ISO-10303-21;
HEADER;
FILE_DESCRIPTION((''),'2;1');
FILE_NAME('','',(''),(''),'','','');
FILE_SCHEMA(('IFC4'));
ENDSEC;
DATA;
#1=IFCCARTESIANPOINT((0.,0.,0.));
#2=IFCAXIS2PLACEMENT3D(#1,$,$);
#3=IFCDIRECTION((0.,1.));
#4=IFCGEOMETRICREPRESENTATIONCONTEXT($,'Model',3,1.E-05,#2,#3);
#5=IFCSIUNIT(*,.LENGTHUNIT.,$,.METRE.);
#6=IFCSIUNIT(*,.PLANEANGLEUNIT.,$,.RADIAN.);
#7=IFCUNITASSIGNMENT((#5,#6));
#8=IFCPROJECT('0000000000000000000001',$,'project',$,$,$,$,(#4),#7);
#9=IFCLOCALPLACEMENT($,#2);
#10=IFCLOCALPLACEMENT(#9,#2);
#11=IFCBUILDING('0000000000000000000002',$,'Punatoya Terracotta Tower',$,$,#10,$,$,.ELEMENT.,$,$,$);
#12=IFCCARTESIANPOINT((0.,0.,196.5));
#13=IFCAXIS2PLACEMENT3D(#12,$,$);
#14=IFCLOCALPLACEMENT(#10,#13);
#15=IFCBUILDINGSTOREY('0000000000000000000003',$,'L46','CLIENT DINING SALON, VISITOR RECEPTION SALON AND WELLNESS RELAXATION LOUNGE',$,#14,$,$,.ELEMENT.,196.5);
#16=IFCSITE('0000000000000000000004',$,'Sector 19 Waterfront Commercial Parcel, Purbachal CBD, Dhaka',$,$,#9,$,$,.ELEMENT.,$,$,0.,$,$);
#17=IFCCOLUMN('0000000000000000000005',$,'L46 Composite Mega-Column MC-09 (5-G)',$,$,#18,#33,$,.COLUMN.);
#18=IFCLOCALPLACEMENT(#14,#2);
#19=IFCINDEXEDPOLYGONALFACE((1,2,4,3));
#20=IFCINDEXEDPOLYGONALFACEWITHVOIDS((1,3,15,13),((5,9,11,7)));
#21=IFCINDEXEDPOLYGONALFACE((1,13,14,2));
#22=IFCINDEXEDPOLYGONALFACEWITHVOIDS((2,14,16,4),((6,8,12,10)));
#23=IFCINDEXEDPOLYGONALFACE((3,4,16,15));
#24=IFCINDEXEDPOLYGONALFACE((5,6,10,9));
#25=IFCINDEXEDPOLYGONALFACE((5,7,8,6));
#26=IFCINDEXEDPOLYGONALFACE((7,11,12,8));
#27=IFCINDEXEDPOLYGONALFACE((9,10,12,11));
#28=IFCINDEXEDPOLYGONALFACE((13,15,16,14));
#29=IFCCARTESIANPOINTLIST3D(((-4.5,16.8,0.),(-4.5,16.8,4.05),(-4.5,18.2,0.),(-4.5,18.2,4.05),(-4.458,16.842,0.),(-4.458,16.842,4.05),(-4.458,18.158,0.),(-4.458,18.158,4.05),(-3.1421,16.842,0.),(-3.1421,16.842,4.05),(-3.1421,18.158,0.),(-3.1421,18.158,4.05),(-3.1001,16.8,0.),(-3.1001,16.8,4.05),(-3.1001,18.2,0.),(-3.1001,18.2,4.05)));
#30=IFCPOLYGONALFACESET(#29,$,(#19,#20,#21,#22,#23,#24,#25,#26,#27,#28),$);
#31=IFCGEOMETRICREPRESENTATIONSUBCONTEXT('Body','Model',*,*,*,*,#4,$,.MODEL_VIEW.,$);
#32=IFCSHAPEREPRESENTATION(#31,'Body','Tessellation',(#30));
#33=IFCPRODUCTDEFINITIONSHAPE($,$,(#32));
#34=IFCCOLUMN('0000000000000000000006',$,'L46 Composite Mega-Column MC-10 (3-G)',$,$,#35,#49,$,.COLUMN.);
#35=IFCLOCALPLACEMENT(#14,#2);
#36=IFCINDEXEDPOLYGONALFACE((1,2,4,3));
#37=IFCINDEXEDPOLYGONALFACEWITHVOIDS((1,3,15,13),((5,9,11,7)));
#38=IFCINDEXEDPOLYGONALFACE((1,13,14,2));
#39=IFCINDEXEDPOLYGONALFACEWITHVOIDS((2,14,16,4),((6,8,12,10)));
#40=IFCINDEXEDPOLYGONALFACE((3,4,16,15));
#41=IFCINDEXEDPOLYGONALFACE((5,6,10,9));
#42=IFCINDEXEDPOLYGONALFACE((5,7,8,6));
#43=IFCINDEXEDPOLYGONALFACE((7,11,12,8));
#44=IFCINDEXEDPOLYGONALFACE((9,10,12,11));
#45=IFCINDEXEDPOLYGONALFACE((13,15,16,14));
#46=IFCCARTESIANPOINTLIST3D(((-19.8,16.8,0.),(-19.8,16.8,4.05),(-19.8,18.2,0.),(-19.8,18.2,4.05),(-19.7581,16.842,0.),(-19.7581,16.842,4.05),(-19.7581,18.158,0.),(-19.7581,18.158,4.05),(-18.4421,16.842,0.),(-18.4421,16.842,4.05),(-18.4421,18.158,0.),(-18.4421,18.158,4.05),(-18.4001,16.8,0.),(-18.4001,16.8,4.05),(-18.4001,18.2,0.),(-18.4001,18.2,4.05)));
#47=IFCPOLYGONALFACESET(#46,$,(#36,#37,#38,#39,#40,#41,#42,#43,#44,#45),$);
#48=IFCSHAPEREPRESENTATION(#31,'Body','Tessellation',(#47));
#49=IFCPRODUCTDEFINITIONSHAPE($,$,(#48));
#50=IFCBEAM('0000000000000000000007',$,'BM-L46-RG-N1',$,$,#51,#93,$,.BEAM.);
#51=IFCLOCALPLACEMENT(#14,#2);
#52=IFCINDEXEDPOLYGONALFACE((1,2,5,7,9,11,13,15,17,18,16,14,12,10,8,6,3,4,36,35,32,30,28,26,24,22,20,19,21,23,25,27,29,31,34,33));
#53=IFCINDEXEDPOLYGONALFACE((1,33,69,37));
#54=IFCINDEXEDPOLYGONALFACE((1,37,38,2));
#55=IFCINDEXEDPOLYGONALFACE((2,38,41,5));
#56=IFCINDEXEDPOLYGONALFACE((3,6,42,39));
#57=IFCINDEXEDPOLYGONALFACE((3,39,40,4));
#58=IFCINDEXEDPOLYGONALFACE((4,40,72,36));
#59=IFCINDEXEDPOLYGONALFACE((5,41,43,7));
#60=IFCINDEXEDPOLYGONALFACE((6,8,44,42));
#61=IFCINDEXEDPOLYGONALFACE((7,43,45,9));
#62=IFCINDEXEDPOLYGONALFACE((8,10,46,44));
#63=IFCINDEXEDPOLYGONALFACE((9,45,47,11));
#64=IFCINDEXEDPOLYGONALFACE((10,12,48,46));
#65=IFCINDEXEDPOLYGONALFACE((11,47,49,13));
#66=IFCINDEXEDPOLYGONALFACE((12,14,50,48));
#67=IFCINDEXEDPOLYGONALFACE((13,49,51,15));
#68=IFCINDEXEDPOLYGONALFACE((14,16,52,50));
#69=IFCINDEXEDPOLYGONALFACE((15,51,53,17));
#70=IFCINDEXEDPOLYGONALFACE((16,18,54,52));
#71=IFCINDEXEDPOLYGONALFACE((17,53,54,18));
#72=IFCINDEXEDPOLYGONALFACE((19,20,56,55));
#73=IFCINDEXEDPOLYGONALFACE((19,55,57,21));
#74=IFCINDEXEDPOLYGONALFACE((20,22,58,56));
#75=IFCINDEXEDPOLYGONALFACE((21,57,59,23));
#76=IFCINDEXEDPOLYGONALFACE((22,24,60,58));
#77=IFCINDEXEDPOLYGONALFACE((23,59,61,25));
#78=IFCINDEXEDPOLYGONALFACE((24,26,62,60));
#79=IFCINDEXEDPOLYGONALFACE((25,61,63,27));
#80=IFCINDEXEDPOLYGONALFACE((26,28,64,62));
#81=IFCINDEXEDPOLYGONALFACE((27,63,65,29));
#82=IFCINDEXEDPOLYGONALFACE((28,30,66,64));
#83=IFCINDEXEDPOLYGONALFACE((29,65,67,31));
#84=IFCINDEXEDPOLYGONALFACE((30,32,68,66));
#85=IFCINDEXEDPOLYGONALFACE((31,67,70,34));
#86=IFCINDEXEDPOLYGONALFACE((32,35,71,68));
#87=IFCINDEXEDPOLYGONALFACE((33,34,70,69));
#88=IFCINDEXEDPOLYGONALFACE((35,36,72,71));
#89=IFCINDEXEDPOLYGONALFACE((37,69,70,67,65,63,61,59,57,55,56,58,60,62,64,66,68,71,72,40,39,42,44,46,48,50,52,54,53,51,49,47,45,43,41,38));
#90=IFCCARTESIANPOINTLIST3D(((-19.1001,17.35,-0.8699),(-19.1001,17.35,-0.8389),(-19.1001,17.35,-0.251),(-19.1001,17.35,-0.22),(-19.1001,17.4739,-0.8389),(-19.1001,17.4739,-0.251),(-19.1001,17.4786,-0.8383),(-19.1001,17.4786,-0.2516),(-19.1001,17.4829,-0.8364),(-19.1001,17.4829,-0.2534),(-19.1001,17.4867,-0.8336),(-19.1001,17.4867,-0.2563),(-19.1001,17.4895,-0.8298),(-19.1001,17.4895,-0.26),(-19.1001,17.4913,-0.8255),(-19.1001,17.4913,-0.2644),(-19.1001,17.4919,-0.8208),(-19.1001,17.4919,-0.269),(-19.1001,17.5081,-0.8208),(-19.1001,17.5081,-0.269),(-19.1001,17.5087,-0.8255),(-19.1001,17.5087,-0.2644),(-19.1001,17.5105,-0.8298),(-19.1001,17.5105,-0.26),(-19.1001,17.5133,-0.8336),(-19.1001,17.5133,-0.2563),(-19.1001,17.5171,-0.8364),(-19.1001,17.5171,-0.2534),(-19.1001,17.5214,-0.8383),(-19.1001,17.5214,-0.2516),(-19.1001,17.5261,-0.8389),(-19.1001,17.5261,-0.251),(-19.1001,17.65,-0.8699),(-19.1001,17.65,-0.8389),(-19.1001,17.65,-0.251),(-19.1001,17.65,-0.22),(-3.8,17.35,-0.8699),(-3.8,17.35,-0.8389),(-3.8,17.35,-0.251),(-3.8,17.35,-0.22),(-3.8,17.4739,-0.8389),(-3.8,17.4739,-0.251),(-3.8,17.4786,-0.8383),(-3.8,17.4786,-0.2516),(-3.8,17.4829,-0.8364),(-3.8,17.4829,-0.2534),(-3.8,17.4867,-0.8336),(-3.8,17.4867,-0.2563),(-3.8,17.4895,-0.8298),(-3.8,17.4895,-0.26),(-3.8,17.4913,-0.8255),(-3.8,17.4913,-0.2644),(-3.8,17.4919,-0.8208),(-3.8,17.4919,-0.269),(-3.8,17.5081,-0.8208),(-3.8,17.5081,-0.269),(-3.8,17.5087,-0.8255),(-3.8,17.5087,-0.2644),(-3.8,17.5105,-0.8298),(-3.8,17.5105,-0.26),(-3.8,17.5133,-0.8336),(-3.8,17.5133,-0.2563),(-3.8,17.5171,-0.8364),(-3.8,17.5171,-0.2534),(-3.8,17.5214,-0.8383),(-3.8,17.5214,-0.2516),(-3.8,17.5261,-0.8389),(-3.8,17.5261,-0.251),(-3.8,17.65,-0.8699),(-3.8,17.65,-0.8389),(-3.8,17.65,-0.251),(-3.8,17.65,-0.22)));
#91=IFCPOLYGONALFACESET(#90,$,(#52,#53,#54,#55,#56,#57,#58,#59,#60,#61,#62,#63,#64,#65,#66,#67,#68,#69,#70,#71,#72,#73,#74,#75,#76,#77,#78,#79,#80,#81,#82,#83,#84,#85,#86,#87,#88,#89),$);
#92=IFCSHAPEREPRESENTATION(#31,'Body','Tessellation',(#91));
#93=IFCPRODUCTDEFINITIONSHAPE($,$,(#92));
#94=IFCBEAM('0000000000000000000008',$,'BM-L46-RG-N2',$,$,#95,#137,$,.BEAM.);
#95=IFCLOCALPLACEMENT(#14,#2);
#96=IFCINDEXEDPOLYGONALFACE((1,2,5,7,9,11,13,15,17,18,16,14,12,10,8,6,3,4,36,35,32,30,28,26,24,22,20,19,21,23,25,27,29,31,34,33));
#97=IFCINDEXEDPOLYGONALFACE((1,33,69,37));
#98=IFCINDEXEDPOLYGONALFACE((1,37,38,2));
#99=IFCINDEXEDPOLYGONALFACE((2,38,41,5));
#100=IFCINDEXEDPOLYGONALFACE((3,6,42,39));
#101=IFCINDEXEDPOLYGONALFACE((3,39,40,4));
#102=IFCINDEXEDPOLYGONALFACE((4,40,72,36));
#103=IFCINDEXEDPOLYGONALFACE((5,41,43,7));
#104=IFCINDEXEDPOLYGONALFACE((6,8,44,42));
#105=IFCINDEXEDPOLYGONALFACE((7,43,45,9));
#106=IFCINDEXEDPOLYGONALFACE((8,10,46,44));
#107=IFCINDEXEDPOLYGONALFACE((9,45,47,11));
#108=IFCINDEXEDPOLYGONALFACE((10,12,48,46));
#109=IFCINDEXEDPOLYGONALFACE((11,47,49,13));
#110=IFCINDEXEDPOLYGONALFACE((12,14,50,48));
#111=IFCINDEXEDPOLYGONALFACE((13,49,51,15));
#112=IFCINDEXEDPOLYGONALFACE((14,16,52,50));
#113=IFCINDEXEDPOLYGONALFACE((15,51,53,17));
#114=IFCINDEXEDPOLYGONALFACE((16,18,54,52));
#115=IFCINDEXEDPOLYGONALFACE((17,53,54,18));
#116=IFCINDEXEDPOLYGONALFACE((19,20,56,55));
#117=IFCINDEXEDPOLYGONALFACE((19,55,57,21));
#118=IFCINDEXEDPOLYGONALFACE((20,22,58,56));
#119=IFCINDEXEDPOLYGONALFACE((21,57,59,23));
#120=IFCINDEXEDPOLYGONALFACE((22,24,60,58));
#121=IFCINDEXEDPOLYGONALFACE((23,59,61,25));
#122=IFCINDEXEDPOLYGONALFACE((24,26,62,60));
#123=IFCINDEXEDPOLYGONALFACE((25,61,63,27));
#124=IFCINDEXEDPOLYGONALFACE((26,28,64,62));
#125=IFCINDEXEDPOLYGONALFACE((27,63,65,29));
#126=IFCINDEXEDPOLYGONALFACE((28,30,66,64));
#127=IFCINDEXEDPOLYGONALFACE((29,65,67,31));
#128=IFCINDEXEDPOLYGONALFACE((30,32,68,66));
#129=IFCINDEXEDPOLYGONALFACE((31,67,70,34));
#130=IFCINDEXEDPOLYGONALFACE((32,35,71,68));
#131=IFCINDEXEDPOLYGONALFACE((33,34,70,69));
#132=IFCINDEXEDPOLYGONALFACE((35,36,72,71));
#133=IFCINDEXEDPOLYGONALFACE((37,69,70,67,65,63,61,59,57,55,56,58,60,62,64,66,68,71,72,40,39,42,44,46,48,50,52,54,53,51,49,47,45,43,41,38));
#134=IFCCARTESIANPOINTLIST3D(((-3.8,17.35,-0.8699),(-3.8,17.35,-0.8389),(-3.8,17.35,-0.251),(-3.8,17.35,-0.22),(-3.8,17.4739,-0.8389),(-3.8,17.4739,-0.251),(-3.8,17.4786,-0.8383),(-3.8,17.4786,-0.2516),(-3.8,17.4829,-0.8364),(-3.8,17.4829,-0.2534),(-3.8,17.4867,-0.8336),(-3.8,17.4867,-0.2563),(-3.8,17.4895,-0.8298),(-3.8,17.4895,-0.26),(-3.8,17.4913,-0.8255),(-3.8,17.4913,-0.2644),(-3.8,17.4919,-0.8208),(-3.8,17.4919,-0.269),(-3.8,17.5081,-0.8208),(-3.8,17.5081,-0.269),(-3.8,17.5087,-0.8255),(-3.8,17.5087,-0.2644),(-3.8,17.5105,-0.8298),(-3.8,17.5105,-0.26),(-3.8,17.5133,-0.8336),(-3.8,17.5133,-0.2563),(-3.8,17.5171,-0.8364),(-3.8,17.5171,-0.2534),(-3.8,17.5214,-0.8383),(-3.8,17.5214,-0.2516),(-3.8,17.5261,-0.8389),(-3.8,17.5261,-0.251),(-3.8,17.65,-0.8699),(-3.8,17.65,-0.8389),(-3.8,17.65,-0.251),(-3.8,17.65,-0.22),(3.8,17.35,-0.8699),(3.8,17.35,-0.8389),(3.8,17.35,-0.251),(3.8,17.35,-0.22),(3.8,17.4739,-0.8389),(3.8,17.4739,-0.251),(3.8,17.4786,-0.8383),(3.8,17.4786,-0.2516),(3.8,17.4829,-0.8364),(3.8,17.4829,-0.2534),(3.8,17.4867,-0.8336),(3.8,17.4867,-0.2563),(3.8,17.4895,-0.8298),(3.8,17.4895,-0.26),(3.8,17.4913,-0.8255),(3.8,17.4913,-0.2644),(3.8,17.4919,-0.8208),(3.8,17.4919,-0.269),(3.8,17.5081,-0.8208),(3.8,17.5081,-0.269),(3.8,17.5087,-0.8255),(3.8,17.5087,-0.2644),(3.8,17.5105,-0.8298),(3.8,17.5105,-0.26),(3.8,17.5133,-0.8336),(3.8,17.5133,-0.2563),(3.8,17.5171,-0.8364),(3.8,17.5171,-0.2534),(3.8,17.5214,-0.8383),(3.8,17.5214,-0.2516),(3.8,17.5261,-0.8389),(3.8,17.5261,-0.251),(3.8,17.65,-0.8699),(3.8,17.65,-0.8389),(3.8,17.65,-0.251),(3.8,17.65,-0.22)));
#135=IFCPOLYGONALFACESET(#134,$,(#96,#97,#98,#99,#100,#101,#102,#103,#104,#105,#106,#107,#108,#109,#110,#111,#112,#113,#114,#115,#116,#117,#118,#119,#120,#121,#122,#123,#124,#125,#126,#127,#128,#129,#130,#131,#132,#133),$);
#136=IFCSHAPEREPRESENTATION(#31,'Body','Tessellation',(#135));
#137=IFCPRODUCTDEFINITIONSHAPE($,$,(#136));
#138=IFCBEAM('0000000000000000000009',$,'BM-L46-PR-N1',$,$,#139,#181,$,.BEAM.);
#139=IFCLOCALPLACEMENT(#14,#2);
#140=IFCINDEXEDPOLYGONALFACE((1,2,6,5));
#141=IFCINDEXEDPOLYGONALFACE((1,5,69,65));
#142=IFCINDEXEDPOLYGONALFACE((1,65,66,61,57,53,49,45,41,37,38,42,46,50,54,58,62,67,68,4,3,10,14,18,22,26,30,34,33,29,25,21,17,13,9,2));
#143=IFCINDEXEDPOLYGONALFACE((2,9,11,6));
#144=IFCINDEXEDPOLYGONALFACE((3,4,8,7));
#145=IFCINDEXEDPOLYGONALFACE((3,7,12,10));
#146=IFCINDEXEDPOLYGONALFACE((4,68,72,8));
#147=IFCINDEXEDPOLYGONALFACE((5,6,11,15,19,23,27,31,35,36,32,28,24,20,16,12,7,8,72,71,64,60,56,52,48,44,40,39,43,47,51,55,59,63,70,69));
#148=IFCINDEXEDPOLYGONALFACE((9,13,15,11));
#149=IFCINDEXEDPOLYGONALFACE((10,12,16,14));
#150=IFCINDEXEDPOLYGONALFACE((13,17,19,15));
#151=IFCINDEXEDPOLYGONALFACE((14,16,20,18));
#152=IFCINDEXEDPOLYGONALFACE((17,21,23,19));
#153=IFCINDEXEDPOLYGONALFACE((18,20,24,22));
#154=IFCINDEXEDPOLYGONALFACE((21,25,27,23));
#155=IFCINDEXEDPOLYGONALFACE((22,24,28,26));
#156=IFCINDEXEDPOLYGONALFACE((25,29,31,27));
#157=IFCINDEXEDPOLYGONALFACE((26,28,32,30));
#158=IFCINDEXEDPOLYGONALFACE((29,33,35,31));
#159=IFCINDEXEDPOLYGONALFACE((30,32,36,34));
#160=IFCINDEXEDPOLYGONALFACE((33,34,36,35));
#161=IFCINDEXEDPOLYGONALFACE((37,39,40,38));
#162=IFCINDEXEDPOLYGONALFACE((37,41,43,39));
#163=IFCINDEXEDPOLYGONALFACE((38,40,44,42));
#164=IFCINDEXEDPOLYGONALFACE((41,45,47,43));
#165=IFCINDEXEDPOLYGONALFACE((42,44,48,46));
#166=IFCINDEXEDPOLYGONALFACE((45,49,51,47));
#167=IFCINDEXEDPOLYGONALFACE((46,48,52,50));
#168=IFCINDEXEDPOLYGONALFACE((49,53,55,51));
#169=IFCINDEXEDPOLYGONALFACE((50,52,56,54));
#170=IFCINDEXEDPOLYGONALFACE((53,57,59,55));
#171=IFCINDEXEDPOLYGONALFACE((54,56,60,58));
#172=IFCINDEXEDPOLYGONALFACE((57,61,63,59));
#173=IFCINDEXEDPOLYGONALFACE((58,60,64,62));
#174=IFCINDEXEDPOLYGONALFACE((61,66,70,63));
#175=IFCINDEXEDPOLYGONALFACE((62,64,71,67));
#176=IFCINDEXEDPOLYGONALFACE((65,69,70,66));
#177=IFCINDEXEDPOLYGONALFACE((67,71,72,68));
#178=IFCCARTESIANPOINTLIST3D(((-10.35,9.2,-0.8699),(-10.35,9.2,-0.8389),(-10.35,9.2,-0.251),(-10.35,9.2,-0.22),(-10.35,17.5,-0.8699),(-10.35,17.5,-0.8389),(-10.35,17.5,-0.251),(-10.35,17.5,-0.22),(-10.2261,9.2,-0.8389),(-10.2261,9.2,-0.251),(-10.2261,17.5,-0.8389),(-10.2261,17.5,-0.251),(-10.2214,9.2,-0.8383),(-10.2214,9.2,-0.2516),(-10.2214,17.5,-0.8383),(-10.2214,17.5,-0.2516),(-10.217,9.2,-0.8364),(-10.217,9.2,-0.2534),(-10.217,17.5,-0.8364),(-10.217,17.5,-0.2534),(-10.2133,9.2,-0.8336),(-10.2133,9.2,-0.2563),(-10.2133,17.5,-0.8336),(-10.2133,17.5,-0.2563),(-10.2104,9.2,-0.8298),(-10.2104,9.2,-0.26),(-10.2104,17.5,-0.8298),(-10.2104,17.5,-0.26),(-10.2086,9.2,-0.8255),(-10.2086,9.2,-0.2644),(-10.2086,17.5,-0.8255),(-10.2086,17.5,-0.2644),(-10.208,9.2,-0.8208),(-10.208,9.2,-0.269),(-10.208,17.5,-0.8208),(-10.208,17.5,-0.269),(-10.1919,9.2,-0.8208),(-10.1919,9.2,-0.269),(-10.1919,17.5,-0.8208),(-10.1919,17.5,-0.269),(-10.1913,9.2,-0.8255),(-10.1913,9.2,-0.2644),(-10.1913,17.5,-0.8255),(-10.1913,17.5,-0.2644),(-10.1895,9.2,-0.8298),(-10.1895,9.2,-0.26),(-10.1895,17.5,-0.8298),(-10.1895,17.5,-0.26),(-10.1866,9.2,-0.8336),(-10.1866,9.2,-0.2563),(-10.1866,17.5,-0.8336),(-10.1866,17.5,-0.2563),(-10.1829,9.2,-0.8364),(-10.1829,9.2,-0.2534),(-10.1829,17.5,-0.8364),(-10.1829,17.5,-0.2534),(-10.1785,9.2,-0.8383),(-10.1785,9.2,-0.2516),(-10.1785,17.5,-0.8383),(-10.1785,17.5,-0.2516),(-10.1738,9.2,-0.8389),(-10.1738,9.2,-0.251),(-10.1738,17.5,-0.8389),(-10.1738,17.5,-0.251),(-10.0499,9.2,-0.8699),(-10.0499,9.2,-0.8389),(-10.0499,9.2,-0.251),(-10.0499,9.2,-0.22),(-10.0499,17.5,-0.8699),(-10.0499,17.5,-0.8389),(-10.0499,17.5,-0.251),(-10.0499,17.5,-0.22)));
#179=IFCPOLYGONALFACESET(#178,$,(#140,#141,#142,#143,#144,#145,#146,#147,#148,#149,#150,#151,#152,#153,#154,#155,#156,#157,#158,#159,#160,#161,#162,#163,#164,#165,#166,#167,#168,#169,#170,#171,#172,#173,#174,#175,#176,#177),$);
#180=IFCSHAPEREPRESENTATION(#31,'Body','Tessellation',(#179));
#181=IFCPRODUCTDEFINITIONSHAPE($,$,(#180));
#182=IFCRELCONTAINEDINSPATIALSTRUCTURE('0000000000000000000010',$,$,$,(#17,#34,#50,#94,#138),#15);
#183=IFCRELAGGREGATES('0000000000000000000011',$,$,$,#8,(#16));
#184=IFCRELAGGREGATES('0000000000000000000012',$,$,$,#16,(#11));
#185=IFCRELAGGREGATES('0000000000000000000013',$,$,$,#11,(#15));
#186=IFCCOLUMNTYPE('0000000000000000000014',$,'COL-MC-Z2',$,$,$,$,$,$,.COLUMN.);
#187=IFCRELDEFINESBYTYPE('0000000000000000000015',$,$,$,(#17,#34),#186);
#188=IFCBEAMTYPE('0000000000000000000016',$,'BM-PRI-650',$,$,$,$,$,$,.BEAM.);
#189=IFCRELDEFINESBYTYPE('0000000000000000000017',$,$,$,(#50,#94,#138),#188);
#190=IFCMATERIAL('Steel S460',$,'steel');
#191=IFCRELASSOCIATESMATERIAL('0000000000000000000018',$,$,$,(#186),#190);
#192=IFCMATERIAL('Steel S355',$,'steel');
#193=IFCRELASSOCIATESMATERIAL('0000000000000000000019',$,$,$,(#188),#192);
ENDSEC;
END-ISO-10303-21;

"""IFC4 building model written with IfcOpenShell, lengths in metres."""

from ifc_helpers import new_model, si_unit, direction, frame, origin, origin_2d, place, context, subcontext, project, spatial, hollow_rectangle, i_section, extrude, material, material_profile, profile_set, type_object, element, save


model = new_model("IFC4")

# Units and contexts
model_context = context("Model", 3, precision=1e-05, world=origin(), true_north=direction((0.0, 1.0)))
body_context = subcontext(model_context, "Body", "Model", "MODEL_VIEW")
ifc_project = project(units=[si_unit("LENGTHUNIT", "METRE"), si_unit("PLANEANGLEUNIT", "RADIAN")], contexts=[model_context])

# Site, building, storey
site_placement = place(None, origin())
site = spatial("IfcSite", under=ifc_project, at=site_placement, Name="Sector 19 Waterfront Commercial Parcel, Purbachal CBD, Dhaka", CompositionType="ELEMENT", RefElevation=0.0)
building_placement = place(site_placement, origin())
building = spatial("IfcBuilding", under=site, at=building_placement, Name="Punatoya Terracotta Tower", CompositionType="ELEMENT")
storey_placement = place(building_placement, frame((0.0, 0.0, 196.5)))
storey = spatial("IfcBuildingStorey", under=building, at=storey_placement, Name="L46", Description="CLIENT DINING SALON, VISITOR RECEPTION SALON AND WELLNESS RELAXATION LOUNGE", CompositionType="ELEMENT", Elevation=196.5)

# Columns
ifc_material_1 = material(Name="Steel S460", Category="steel")
ifc_material_profile_1 = material_profile(ifc_material_1, hollow_rectangle(XDim=1.3999, YDim=1.3999, WallThickness=0.042, at=origin_2d()))
ifc_profile_set_1 = profile_set([ifc_material_profile_1], Name="Steel S460")
column_type = type_object("IfcColumnType", Name="COL-MC-Z2", PredefinedType="COLUMN", material=ifc_profile_set_1)
for number, where, z_axis, x_axis, name in (
    (1, (-3.8, 17.5, 0.0), (0.0, 0.0, 1.0), (1.0, 0.0, 0.0), "L46 Composite Mega-Column MC-09 (5-G)"),
    (2, (-19.1001, 17.5, 0.0), (0.0, 0.0, 1.0), (1.0, 0.0, 0.0), "L46 Composite Mega-Column MC-10 (3-G)"),
):
    element("IfcColumn", number, at=place(storey_placement, frame(where, z_axis=z_axis, x_axis=x_axis)), inside=storey, type_object=column_type, Name=name, PredefinedType="COLUMN", context=body_context, shape_type="SweptSolid", body=[
        extrude(hollow_rectangle(XDim=1.3999, YDim=1.3999, WallThickness=0.042, at=origin_2d()), origin(), (0.0, 0.0, 1.0), 4.05),
    ])

# Beams
ifc_material_2 = material(Name="Steel S355", Category="steel")
ifc_material_profile_2 = material_profile(ifc_material_2, i_section(OverallWidth=0.3, OverallDepth=0.6499, WebThickness=0.0161, FlangeThickness=0.031, FilletRadius=0.0181, at=origin_2d()))
ifc_profile_set_2 = profile_set([ifc_material_profile_2], Name="Steel S355")
beam_type_1 = type_object("IfcBeamType", Name="BM-PRI-650", PredefinedType="BEAM", material=ifc_profile_set_2)
beam_1_placement = place(storey_placement, frame((-19.1001, 17.5, -0.5449), z_axis=(1.0, 0.0, 0.0), x_axis=(0.0, 1.0, 0.0)))
element("IfcBeam", 3, at=beam_1_placement, inside=storey, type_object=beam_type_1, Name="BM-L46-RG-N1", PredefinedType="BEAM", context=body_context, shape_type="SweptSolid", body=[
    extrude(i_section(OverallWidth=0.3, OverallDepth=0.6499, WebThickness=0.0161, FlangeThickness=0.031, FilletRadius=0.0181, at=origin_2d()), origin(), (0.0, 0.0, 1.0), 15.3),
])
beam_2_placement = place(storey_placement, frame((-3.8, 17.5, -0.5449), z_axis=(1.0, 0.0, 0.0), x_axis=(0.0, 1.0, 0.0)))
element("IfcBeam", 4, at=beam_2_placement, inside=storey, type_object=beam_type_1, Name="BM-L46-RG-N2", PredefinedType="BEAM", context=body_context, shape_type="SweptSolid", body=[
    extrude(i_section(OverallWidth=0.3, OverallDepth=0.6499, WebThickness=0.0161, FlangeThickness=0.031, FilletRadius=0.0181, at=origin_2d()), origin(), (0.0, 0.0, 1.0), 7.6001),
])
for number, where, z_axis, x_axis, name in (
    (5, (-10.2, 9.2, -0.5449), (0.0, 1.0, 0.0), (-1.0, 0.0, 0.0), "BM-L46-PR-N1"),
):
    element("IfcBeam", number, at=place(storey_placement, frame(where, z_axis=z_axis, x_axis=x_axis)), inside=storey, type_object=beam_type_1, Name=name, PredefinedType="BEAM", context=body_context, shape_type="SweptSolid", body=[
        extrude(i_section(OverallWidth=0.3, OverallDepth=0.6499, WebThickness=0.0161, FlangeThickness=0.031, FilletRadius=0.0181, at=origin_2d()), origin(), (0.0, 0.0, 1.0), 8.3),
    ])

save(model, "model.ifc")
